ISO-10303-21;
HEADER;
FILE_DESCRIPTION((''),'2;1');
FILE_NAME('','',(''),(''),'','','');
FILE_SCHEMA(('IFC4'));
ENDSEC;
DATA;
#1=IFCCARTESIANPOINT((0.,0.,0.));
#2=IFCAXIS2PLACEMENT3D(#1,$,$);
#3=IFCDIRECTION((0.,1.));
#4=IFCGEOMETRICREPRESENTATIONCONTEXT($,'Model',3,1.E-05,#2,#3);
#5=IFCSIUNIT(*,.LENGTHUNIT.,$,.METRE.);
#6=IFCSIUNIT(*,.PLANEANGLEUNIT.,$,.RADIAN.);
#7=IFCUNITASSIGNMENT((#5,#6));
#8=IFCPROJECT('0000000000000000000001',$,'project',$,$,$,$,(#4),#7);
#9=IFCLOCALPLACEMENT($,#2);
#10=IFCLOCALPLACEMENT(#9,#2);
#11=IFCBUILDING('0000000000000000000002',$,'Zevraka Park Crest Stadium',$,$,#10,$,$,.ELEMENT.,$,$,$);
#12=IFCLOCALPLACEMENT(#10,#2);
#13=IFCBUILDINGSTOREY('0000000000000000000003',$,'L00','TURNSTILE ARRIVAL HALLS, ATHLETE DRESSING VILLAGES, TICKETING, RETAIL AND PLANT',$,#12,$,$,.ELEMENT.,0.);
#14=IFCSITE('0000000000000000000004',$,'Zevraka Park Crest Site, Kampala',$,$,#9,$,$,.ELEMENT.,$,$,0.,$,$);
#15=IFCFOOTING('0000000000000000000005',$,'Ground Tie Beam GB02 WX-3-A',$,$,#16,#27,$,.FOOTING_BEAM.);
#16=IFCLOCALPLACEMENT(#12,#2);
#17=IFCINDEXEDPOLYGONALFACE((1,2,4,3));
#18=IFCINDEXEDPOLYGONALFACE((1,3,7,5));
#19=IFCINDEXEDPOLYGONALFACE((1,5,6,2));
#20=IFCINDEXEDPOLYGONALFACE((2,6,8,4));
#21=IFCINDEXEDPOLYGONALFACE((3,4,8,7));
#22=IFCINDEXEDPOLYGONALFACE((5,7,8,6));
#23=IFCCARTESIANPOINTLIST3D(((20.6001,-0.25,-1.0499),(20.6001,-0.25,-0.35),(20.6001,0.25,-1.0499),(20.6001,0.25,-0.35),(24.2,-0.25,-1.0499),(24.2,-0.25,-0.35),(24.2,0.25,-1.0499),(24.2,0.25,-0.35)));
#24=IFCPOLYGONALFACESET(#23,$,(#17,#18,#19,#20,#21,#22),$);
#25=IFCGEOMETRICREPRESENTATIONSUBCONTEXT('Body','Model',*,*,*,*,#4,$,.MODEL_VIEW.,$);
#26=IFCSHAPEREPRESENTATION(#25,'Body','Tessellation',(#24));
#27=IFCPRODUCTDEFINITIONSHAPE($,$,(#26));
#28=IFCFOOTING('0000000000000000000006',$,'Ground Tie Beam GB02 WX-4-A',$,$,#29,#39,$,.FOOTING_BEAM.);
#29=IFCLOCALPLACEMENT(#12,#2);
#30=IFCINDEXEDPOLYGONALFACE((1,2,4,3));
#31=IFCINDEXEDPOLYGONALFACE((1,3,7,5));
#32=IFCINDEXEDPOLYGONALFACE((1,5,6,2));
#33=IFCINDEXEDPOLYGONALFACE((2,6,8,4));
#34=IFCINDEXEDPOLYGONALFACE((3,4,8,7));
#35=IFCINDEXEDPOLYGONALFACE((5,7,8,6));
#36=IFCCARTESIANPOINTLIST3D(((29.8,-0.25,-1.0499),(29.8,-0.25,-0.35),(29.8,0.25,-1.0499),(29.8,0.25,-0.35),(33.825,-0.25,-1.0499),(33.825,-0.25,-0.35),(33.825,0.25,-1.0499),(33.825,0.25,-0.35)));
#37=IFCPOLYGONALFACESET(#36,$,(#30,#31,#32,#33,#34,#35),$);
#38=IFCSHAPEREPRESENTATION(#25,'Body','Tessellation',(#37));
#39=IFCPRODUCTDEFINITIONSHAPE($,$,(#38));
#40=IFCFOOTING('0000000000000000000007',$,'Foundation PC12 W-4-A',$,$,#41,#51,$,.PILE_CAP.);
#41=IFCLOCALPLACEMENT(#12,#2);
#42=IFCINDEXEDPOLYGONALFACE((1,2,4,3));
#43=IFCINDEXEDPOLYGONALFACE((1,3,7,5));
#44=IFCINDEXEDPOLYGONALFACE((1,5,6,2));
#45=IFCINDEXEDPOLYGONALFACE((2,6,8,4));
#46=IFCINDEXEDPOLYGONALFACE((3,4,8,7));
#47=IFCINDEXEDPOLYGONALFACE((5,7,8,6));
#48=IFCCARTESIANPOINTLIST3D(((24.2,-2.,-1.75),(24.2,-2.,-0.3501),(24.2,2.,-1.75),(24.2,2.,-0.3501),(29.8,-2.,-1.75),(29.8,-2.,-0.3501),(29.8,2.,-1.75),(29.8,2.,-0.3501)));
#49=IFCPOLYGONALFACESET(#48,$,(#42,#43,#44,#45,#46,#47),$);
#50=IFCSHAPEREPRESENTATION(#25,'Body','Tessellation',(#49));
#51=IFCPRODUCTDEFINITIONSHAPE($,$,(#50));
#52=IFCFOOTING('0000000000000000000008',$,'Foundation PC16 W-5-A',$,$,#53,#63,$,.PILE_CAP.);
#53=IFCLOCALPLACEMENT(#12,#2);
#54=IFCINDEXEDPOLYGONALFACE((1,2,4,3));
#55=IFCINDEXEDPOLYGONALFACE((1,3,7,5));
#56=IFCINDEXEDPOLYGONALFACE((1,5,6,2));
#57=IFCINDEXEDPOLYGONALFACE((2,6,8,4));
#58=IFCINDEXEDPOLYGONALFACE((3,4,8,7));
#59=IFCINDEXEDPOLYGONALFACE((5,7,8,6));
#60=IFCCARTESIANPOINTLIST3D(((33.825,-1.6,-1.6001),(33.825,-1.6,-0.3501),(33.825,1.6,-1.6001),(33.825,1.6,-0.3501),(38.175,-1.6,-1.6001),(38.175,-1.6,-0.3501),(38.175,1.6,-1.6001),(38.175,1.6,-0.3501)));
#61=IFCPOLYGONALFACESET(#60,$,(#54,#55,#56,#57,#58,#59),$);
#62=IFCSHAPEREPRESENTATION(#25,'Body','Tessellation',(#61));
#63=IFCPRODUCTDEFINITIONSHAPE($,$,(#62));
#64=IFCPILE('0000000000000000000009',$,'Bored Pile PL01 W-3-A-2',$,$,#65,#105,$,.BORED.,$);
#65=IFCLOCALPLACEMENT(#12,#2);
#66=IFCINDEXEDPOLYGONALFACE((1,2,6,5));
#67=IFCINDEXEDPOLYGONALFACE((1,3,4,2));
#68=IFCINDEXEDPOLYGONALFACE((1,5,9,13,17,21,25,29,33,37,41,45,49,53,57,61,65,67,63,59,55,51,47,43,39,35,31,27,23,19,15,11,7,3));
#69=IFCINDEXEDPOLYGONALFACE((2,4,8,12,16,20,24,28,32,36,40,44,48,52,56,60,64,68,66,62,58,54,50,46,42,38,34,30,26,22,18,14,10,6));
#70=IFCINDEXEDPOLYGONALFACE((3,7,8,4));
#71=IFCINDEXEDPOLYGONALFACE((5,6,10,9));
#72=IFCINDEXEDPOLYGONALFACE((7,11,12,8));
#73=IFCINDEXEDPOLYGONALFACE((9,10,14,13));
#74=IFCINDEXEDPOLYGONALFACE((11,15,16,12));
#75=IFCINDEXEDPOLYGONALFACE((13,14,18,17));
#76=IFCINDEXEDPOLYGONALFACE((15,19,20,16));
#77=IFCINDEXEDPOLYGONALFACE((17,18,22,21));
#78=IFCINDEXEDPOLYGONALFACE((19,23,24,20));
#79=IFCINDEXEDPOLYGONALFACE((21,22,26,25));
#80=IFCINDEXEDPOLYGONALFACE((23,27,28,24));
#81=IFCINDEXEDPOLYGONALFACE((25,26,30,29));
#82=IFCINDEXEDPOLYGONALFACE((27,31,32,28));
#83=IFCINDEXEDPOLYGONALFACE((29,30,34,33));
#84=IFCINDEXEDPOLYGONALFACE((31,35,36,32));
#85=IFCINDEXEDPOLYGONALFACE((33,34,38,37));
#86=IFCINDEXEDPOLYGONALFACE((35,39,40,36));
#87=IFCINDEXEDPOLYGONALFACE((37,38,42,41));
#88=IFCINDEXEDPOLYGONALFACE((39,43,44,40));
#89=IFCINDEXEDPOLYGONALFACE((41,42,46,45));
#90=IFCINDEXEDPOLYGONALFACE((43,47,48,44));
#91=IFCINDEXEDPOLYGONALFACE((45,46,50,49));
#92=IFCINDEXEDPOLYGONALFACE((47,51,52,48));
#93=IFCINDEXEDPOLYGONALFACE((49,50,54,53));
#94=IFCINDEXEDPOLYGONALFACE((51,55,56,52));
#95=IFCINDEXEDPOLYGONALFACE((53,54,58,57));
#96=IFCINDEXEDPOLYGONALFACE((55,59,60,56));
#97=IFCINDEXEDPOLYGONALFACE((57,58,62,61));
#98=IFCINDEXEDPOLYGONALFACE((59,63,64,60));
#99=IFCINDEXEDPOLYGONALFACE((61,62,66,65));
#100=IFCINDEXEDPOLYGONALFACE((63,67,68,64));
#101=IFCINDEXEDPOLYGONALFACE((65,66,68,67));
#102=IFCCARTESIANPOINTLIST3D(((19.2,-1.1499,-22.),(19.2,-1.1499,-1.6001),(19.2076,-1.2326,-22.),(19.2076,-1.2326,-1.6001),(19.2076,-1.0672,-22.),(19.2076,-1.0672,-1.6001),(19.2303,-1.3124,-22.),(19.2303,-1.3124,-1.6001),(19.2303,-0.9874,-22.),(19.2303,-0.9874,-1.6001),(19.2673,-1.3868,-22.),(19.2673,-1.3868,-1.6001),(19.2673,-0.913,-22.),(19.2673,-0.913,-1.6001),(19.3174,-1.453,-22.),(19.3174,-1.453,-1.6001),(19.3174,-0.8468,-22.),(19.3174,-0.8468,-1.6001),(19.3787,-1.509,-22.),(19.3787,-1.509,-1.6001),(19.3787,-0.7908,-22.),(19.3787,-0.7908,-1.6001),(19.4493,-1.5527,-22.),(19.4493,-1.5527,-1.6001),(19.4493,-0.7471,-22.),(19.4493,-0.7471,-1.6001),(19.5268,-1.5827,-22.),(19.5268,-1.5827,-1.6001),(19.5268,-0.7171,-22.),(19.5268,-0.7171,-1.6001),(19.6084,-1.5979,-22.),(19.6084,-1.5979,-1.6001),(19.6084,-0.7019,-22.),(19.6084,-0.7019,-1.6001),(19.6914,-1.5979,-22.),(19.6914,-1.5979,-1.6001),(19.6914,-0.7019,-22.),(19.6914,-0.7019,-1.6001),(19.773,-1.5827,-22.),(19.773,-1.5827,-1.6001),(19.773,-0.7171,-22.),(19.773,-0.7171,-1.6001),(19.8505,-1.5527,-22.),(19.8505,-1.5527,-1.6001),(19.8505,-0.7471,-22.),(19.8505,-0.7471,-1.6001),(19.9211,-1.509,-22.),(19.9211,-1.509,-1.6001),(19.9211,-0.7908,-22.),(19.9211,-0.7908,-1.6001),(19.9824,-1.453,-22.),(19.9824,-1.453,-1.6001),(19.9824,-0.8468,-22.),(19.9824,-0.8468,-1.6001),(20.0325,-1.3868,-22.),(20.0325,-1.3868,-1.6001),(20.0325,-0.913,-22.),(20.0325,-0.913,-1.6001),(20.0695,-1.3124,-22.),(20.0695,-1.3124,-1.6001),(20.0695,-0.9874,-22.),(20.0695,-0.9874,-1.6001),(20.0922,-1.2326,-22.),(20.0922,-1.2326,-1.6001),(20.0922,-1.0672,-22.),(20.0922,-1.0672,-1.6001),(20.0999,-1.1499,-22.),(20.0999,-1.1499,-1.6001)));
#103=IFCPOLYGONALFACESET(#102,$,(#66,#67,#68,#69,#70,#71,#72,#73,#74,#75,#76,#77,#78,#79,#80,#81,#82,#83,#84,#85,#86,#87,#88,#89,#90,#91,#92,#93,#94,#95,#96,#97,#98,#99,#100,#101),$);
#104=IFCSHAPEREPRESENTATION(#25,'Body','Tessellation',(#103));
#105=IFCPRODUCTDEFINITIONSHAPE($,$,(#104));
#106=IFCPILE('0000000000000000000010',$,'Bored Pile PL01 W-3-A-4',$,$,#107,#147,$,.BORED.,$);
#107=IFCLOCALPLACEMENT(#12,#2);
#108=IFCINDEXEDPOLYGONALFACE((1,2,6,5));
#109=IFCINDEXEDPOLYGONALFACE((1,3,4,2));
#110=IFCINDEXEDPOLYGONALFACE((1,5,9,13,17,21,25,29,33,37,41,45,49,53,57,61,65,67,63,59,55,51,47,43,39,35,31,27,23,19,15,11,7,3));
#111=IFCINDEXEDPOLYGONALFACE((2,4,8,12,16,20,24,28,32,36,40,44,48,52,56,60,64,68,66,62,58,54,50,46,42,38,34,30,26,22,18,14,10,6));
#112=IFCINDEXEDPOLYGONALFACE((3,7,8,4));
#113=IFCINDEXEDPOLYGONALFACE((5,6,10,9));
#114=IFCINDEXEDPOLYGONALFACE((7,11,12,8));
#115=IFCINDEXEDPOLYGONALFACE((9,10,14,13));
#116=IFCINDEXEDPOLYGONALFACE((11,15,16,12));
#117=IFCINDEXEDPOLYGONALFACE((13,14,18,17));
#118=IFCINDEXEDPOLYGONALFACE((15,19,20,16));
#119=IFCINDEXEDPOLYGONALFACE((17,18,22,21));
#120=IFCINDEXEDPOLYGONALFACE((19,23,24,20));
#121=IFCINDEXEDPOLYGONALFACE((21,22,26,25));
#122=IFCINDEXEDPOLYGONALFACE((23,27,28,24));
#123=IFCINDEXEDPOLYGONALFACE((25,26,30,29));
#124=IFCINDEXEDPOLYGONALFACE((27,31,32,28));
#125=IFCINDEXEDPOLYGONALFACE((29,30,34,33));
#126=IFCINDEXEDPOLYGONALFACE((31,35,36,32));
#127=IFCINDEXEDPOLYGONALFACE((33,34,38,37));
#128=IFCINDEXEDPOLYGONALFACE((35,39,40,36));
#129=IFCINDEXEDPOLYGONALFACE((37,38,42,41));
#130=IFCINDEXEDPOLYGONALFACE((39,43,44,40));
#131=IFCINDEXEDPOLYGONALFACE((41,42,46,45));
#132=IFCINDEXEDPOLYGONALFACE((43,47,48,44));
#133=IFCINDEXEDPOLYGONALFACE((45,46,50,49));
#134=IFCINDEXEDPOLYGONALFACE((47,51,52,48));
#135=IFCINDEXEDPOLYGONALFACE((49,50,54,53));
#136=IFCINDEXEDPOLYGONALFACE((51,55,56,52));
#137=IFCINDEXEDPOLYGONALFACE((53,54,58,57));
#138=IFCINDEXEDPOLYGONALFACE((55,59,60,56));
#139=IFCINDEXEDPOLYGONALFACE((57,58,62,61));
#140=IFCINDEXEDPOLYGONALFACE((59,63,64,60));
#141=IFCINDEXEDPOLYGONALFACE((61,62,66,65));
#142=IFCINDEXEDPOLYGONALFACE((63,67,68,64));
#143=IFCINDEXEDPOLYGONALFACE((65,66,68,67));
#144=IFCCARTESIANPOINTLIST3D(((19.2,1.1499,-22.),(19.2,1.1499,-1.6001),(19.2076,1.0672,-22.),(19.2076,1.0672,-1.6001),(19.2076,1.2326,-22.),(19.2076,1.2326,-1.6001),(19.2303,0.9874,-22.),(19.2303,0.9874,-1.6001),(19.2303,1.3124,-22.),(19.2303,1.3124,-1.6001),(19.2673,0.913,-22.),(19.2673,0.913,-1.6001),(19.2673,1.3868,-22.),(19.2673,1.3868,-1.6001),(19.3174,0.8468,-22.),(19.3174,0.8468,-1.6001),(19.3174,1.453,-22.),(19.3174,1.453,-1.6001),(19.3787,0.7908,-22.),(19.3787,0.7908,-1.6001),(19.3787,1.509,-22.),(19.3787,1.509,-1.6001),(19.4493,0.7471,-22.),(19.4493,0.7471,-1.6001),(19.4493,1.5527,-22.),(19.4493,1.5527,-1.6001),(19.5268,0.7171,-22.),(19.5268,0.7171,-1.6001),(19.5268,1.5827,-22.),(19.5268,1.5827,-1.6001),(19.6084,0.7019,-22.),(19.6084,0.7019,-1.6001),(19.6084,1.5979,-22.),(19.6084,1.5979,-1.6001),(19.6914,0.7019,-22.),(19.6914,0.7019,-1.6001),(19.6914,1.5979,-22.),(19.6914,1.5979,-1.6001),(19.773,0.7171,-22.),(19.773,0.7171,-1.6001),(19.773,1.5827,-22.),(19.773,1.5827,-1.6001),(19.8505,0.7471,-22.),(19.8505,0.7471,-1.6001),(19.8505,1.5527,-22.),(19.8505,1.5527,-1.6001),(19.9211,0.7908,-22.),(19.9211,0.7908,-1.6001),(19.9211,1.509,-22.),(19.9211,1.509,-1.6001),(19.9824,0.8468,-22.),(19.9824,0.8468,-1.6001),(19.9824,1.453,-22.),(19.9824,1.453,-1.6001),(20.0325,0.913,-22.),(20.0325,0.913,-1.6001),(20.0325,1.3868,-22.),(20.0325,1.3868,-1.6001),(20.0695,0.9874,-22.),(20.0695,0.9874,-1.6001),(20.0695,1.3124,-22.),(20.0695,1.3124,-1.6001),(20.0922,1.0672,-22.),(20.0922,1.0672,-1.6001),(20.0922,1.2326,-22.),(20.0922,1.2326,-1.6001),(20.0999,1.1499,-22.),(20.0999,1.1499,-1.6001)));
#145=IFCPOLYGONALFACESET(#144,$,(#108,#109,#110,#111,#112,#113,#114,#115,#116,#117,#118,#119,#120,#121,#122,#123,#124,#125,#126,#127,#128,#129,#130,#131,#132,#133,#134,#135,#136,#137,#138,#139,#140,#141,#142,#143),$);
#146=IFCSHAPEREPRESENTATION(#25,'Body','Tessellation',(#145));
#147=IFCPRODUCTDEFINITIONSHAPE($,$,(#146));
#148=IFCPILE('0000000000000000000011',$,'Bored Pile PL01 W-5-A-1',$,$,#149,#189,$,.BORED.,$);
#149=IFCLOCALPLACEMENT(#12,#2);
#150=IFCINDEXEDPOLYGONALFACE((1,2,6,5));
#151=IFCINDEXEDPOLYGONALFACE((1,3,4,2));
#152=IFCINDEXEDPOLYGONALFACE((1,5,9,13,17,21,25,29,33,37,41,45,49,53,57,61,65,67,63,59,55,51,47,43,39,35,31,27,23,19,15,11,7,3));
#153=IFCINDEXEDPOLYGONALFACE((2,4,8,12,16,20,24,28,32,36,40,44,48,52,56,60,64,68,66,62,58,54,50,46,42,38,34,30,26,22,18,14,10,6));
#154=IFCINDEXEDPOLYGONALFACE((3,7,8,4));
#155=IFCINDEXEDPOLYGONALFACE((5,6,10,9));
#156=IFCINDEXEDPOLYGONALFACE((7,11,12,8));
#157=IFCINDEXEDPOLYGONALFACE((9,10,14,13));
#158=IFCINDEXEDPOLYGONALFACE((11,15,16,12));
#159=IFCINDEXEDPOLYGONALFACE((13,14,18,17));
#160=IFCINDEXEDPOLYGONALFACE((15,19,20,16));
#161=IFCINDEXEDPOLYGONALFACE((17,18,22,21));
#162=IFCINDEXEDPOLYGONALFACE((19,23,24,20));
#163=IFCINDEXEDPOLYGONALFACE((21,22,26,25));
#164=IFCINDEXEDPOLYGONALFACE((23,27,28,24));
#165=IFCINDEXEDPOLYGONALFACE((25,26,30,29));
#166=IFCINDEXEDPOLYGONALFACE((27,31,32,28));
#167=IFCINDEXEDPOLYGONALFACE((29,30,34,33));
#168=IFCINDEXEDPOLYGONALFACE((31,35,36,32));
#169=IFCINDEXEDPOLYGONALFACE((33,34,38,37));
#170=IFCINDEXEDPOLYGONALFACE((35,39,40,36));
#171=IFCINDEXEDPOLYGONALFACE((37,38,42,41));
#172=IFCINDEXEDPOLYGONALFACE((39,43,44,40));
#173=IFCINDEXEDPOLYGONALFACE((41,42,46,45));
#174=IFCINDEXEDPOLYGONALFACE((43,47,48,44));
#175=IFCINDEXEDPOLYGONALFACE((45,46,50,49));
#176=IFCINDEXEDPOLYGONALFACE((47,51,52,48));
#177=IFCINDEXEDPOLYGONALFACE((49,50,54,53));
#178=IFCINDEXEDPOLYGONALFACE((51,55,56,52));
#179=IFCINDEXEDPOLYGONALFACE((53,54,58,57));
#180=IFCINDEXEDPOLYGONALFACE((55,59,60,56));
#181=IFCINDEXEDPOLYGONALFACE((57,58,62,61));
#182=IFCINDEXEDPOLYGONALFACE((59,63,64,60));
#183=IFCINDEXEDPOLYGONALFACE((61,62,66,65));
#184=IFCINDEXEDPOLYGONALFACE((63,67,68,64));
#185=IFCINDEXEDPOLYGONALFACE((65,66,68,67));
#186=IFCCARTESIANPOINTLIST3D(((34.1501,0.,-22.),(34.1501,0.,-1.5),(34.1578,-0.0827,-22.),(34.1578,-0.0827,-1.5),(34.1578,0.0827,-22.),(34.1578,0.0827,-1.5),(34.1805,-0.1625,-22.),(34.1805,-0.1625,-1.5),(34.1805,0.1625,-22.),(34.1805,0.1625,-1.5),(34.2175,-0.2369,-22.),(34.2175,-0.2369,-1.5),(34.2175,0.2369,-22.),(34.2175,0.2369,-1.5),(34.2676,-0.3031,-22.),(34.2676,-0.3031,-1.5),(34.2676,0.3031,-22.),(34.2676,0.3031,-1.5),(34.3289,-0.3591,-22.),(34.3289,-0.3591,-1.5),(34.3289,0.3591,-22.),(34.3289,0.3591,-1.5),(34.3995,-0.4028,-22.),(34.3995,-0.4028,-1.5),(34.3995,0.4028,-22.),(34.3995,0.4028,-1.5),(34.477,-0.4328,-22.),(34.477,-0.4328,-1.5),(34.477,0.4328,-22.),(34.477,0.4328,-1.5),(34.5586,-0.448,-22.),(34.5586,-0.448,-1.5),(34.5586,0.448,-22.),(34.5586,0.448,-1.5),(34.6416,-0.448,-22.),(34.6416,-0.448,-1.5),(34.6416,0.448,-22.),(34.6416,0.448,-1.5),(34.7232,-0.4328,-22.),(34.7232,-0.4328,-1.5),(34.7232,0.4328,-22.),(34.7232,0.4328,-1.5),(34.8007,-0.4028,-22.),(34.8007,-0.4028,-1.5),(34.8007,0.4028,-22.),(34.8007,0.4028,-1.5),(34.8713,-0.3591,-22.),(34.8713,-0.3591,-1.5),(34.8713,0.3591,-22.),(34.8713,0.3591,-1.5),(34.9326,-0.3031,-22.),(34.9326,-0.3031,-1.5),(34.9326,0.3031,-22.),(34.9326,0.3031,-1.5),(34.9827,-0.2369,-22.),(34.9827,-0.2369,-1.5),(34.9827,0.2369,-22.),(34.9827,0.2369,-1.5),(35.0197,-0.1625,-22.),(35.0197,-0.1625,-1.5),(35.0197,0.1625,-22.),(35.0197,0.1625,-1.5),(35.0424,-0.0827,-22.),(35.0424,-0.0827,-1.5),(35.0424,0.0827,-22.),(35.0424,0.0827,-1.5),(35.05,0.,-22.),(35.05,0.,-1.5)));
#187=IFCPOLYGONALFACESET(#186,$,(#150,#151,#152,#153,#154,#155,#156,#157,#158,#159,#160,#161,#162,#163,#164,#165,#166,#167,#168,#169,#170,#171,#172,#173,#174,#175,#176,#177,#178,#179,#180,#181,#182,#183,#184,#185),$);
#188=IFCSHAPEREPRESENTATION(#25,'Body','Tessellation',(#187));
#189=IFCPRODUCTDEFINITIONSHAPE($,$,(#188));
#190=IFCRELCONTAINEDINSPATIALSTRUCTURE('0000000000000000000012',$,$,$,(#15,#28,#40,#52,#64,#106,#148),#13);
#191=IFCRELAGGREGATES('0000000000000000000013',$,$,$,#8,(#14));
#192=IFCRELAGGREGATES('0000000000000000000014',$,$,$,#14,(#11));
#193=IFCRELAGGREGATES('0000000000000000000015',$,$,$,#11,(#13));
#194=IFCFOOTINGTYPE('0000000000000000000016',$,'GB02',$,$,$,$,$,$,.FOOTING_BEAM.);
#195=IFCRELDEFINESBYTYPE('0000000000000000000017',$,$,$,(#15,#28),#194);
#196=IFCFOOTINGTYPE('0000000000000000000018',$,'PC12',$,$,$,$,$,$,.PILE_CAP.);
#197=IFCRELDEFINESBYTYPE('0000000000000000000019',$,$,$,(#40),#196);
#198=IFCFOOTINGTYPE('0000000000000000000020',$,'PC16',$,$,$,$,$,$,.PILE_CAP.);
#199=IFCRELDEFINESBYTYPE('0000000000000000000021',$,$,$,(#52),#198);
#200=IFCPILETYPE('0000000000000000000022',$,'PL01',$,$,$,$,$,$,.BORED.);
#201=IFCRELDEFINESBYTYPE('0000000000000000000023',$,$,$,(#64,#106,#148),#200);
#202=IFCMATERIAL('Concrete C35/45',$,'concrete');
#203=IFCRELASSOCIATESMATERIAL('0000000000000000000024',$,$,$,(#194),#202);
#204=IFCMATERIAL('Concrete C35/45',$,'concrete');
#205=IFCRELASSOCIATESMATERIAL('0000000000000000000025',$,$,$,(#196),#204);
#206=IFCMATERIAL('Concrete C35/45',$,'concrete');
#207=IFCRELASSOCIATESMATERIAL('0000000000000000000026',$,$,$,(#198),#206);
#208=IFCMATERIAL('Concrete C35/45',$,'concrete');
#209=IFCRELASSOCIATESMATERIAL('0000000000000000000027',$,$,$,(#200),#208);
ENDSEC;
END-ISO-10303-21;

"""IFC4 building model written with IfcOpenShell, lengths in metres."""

from ifc_helpers import new_model, si_unit, direction, frame, origin, origin_2d, place, context, subcontext, project, spatial, rectangle, circle, extrude, material, material_profile, profile_set, type_object, element, save


model = new_model("IFC4")

# Units and contexts
model_context = context("Model", 3, precision=1e-05, world=origin(), true_north=direction((0.0, 1.0)))
body_context = subcontext(model_context, "Body", "Model", "MODEL_VIEW")
ifc_project = project(units=[si_unit("LENGTHUNIT", "METRE"), si_unit("PLANEANGLEUNIT", "RADIAN")], contexts=[model_context])

# Site, building, storey
site_placement = place(None, origin())
site = spatial("IfcSite", under=ifc_project, at=site_placement, Name="Zevraka Park Crest Site, Kampala", CompositionType="ELEMENT", RefElevation=0.0)
building_placement = place(site_placement, origin())
building = spatial("IfcBuilding", under=site, at=building_placement, Name="Zevraka Park Crest Stadium", CompositionType="ELEMENT")
storey_placement = place(building_placement, origin())
storey = spatial("IfcBuildingStorey", under=building, at=storey_placement, Name="L00", Description="TURNSTILE ARRIVAL HALLS, ATHLETE DRESSING VILLAGES, TICKETING, RETAIL AND PLANT", CompositionType="ELEMENT", Elevation=0.0)

# Footings
ifc_material_1 = material(Name="Concrete C35/45", Category="concrete")
ifc_material_profile_1 = material_profile(ifc_material_1, rectangle(XDim=0.5, YDim=0.7, at=origin_2d()), Name="GB 700x500")
ifc_profile_set_1 = profile_set([ifc_material_profile_1], Name="Concrete C35/45")
footing_type_1 = type_object("IfcFootingType", Name="GB02", PredefinedType="FOOTING_BEAM", material=ifc_profile_set_1)
footing_1_placement = place(storey_placement, frame((20.6001, 0.0, -0.7), z_axis=(1.0, 0.0, 0.0), x_axis=(0.0, 1.0, 0.0)))
element("IfcFooting", 1, at=footing_1_placement, inside=storey, type_object=footing_type_1, Name="Ground Tie Beam GB02 WX-3-A", PredefinedType="FOOTING_BEAM", context=body_context, shape_type="SweptSolid", body=[
    extrude(rectangle(XDim=0.5, YDim=0.7, at=origin_2d()), origin(), (0.0, 0.0, 1.0), 3.5999),
])
footing_2_placement = place(storey_placement, frame((29.8, 0.0, -0.7), z_axis=(1.0, 0.0, 0.0), x_axis=(0.0, 1.0, 0.0)))
element("IfcFooting", 2, at=footing_2_placement, inside=storey, type_object=footing_type_1, Name="Ground Tie Beam GB02 WX-4-A", PredefinedType="FOOTING_BEAM", context=body_context, shape_type="SweptSolid", body=[
    extrude(rectangle(XDim=0.5, YDim=0.7, at=origin_2d()), origin(), (0.0, 0.0, 1.0), 4.0249),
])
ifc_material_2 = material(Name="Concrete C35/45", Category="concrete")
footing_type_2 = type_object("IfcFootingType", Name="PC12", PredefinedType="PILE_CAP", material=ifc_material_2)
footing_3_placement = place(storey_placement, frame((27.0, 0.0, -1.75), z_axis=(0.0, 0.0, 1.0), x_axis=(1.0, 0.0, 0.0)))
element("IfcFooting", 3, at=footing_3_placement, inside=storey, type_object=footing_type_2, Name="Foundation PC12 W-4-A", PredefinedType="PILE_CAP", context=body_context, shape_type="SweptSolid", body=[
    extrude(rectangle(XDim=5.6001, YDim=4.0, at=origin_2d()), origin(), (0.0, 0.0, 1.0), 1.3999),
])
ifc_material_3 = material(Name="Concrete C35/45", Category="concrete")
footing_type_3 = type_object("IfcFootingType", Name="PC16", PredefinedType="PILE_CAP", material=ifc_material_3)
footing_4_placement = place(storey_placement, frame((36.0, 0.0, -1.6001), z_axis=(0.0, 0.0, 1.0), x_axis=(1.0, 0.0, 0.0)))
element("IfcFooting", 4, at=footing_4_placement, inside=storey, type_object=footing_type_3, Name="Foundation PC16 W-5-A", PredefinedType="PILE_CAP", context=body_context, shape_type="SweptSolid", body=[
    extrude(rectangle(XDim=4.3501, YDim=3.2, at=origin_2d()), origin(), (0.0, 0.0, 1.0), 1.25),
])

# Piles
ifc_material_4 = material(Name="Concrete C35/45", Category="concrete")
ifc_material_profile_2 = material_profile(ifc_material_4, circle(Radius=0.45, at=origin_2d()), Name="PILE D900")
ifc_profile_set_2 = profile_set([ifc_material_profile_2], Name="Concrete C35/45")
pile_type_1 = type_object("IfcPileType", Name="PL01", PredefinedType="BORED", material=ifc_profile_set_2)
for number, where, z_axis, x_axis, name in (
    (5, (19.6499, -1.1499, -1.6001), (0.0, 0.0, -1.0), (1.0, 0.0, 0.0), "Bored Pile PL01 W-3-A-2"),
    (6, (19.6499, 1.1499, -1.6001), (0.0, 0.0, -1.0), (1.0, 0.0, 0.0), "Bored Pile PL01 W-3-A-4"),
):
    element("IfcPile", number, at=place(storey_placement, frame(where, z_axis=z_axis, x_axis=x_axis)), inside=storey, type_object=pile_type_1, Name=name, PredefinedType="BORED", context=body_context, shape_type="SweptSolid", body=[
        extrude(circle(Radius=0.45, at=origin_2d()), origin(), (0.0, 0.0, 1.0), 20.3999),
    ])
pile_placement = place(storey_placement, frame((34.6001, 0.0, -1.5), z_axis=(0.0, 0.0, -1.0), x_axis=(1.0, 0.0, 0.0)))
element("IfcPile", 7, at=pile_placement, inside=storey, type_object=pile_type_1, Name="Bored Pile PL01 W-5-A-1", PredefinedType="BORED", context=body_context, shape_type="SweptSolid", body=[
    extrude(circle(Radius=0.45, at=origin_2d()), origin(), (0.0, 0.0, 1.0), 20.5),
])

save(model, "model.ifc")
